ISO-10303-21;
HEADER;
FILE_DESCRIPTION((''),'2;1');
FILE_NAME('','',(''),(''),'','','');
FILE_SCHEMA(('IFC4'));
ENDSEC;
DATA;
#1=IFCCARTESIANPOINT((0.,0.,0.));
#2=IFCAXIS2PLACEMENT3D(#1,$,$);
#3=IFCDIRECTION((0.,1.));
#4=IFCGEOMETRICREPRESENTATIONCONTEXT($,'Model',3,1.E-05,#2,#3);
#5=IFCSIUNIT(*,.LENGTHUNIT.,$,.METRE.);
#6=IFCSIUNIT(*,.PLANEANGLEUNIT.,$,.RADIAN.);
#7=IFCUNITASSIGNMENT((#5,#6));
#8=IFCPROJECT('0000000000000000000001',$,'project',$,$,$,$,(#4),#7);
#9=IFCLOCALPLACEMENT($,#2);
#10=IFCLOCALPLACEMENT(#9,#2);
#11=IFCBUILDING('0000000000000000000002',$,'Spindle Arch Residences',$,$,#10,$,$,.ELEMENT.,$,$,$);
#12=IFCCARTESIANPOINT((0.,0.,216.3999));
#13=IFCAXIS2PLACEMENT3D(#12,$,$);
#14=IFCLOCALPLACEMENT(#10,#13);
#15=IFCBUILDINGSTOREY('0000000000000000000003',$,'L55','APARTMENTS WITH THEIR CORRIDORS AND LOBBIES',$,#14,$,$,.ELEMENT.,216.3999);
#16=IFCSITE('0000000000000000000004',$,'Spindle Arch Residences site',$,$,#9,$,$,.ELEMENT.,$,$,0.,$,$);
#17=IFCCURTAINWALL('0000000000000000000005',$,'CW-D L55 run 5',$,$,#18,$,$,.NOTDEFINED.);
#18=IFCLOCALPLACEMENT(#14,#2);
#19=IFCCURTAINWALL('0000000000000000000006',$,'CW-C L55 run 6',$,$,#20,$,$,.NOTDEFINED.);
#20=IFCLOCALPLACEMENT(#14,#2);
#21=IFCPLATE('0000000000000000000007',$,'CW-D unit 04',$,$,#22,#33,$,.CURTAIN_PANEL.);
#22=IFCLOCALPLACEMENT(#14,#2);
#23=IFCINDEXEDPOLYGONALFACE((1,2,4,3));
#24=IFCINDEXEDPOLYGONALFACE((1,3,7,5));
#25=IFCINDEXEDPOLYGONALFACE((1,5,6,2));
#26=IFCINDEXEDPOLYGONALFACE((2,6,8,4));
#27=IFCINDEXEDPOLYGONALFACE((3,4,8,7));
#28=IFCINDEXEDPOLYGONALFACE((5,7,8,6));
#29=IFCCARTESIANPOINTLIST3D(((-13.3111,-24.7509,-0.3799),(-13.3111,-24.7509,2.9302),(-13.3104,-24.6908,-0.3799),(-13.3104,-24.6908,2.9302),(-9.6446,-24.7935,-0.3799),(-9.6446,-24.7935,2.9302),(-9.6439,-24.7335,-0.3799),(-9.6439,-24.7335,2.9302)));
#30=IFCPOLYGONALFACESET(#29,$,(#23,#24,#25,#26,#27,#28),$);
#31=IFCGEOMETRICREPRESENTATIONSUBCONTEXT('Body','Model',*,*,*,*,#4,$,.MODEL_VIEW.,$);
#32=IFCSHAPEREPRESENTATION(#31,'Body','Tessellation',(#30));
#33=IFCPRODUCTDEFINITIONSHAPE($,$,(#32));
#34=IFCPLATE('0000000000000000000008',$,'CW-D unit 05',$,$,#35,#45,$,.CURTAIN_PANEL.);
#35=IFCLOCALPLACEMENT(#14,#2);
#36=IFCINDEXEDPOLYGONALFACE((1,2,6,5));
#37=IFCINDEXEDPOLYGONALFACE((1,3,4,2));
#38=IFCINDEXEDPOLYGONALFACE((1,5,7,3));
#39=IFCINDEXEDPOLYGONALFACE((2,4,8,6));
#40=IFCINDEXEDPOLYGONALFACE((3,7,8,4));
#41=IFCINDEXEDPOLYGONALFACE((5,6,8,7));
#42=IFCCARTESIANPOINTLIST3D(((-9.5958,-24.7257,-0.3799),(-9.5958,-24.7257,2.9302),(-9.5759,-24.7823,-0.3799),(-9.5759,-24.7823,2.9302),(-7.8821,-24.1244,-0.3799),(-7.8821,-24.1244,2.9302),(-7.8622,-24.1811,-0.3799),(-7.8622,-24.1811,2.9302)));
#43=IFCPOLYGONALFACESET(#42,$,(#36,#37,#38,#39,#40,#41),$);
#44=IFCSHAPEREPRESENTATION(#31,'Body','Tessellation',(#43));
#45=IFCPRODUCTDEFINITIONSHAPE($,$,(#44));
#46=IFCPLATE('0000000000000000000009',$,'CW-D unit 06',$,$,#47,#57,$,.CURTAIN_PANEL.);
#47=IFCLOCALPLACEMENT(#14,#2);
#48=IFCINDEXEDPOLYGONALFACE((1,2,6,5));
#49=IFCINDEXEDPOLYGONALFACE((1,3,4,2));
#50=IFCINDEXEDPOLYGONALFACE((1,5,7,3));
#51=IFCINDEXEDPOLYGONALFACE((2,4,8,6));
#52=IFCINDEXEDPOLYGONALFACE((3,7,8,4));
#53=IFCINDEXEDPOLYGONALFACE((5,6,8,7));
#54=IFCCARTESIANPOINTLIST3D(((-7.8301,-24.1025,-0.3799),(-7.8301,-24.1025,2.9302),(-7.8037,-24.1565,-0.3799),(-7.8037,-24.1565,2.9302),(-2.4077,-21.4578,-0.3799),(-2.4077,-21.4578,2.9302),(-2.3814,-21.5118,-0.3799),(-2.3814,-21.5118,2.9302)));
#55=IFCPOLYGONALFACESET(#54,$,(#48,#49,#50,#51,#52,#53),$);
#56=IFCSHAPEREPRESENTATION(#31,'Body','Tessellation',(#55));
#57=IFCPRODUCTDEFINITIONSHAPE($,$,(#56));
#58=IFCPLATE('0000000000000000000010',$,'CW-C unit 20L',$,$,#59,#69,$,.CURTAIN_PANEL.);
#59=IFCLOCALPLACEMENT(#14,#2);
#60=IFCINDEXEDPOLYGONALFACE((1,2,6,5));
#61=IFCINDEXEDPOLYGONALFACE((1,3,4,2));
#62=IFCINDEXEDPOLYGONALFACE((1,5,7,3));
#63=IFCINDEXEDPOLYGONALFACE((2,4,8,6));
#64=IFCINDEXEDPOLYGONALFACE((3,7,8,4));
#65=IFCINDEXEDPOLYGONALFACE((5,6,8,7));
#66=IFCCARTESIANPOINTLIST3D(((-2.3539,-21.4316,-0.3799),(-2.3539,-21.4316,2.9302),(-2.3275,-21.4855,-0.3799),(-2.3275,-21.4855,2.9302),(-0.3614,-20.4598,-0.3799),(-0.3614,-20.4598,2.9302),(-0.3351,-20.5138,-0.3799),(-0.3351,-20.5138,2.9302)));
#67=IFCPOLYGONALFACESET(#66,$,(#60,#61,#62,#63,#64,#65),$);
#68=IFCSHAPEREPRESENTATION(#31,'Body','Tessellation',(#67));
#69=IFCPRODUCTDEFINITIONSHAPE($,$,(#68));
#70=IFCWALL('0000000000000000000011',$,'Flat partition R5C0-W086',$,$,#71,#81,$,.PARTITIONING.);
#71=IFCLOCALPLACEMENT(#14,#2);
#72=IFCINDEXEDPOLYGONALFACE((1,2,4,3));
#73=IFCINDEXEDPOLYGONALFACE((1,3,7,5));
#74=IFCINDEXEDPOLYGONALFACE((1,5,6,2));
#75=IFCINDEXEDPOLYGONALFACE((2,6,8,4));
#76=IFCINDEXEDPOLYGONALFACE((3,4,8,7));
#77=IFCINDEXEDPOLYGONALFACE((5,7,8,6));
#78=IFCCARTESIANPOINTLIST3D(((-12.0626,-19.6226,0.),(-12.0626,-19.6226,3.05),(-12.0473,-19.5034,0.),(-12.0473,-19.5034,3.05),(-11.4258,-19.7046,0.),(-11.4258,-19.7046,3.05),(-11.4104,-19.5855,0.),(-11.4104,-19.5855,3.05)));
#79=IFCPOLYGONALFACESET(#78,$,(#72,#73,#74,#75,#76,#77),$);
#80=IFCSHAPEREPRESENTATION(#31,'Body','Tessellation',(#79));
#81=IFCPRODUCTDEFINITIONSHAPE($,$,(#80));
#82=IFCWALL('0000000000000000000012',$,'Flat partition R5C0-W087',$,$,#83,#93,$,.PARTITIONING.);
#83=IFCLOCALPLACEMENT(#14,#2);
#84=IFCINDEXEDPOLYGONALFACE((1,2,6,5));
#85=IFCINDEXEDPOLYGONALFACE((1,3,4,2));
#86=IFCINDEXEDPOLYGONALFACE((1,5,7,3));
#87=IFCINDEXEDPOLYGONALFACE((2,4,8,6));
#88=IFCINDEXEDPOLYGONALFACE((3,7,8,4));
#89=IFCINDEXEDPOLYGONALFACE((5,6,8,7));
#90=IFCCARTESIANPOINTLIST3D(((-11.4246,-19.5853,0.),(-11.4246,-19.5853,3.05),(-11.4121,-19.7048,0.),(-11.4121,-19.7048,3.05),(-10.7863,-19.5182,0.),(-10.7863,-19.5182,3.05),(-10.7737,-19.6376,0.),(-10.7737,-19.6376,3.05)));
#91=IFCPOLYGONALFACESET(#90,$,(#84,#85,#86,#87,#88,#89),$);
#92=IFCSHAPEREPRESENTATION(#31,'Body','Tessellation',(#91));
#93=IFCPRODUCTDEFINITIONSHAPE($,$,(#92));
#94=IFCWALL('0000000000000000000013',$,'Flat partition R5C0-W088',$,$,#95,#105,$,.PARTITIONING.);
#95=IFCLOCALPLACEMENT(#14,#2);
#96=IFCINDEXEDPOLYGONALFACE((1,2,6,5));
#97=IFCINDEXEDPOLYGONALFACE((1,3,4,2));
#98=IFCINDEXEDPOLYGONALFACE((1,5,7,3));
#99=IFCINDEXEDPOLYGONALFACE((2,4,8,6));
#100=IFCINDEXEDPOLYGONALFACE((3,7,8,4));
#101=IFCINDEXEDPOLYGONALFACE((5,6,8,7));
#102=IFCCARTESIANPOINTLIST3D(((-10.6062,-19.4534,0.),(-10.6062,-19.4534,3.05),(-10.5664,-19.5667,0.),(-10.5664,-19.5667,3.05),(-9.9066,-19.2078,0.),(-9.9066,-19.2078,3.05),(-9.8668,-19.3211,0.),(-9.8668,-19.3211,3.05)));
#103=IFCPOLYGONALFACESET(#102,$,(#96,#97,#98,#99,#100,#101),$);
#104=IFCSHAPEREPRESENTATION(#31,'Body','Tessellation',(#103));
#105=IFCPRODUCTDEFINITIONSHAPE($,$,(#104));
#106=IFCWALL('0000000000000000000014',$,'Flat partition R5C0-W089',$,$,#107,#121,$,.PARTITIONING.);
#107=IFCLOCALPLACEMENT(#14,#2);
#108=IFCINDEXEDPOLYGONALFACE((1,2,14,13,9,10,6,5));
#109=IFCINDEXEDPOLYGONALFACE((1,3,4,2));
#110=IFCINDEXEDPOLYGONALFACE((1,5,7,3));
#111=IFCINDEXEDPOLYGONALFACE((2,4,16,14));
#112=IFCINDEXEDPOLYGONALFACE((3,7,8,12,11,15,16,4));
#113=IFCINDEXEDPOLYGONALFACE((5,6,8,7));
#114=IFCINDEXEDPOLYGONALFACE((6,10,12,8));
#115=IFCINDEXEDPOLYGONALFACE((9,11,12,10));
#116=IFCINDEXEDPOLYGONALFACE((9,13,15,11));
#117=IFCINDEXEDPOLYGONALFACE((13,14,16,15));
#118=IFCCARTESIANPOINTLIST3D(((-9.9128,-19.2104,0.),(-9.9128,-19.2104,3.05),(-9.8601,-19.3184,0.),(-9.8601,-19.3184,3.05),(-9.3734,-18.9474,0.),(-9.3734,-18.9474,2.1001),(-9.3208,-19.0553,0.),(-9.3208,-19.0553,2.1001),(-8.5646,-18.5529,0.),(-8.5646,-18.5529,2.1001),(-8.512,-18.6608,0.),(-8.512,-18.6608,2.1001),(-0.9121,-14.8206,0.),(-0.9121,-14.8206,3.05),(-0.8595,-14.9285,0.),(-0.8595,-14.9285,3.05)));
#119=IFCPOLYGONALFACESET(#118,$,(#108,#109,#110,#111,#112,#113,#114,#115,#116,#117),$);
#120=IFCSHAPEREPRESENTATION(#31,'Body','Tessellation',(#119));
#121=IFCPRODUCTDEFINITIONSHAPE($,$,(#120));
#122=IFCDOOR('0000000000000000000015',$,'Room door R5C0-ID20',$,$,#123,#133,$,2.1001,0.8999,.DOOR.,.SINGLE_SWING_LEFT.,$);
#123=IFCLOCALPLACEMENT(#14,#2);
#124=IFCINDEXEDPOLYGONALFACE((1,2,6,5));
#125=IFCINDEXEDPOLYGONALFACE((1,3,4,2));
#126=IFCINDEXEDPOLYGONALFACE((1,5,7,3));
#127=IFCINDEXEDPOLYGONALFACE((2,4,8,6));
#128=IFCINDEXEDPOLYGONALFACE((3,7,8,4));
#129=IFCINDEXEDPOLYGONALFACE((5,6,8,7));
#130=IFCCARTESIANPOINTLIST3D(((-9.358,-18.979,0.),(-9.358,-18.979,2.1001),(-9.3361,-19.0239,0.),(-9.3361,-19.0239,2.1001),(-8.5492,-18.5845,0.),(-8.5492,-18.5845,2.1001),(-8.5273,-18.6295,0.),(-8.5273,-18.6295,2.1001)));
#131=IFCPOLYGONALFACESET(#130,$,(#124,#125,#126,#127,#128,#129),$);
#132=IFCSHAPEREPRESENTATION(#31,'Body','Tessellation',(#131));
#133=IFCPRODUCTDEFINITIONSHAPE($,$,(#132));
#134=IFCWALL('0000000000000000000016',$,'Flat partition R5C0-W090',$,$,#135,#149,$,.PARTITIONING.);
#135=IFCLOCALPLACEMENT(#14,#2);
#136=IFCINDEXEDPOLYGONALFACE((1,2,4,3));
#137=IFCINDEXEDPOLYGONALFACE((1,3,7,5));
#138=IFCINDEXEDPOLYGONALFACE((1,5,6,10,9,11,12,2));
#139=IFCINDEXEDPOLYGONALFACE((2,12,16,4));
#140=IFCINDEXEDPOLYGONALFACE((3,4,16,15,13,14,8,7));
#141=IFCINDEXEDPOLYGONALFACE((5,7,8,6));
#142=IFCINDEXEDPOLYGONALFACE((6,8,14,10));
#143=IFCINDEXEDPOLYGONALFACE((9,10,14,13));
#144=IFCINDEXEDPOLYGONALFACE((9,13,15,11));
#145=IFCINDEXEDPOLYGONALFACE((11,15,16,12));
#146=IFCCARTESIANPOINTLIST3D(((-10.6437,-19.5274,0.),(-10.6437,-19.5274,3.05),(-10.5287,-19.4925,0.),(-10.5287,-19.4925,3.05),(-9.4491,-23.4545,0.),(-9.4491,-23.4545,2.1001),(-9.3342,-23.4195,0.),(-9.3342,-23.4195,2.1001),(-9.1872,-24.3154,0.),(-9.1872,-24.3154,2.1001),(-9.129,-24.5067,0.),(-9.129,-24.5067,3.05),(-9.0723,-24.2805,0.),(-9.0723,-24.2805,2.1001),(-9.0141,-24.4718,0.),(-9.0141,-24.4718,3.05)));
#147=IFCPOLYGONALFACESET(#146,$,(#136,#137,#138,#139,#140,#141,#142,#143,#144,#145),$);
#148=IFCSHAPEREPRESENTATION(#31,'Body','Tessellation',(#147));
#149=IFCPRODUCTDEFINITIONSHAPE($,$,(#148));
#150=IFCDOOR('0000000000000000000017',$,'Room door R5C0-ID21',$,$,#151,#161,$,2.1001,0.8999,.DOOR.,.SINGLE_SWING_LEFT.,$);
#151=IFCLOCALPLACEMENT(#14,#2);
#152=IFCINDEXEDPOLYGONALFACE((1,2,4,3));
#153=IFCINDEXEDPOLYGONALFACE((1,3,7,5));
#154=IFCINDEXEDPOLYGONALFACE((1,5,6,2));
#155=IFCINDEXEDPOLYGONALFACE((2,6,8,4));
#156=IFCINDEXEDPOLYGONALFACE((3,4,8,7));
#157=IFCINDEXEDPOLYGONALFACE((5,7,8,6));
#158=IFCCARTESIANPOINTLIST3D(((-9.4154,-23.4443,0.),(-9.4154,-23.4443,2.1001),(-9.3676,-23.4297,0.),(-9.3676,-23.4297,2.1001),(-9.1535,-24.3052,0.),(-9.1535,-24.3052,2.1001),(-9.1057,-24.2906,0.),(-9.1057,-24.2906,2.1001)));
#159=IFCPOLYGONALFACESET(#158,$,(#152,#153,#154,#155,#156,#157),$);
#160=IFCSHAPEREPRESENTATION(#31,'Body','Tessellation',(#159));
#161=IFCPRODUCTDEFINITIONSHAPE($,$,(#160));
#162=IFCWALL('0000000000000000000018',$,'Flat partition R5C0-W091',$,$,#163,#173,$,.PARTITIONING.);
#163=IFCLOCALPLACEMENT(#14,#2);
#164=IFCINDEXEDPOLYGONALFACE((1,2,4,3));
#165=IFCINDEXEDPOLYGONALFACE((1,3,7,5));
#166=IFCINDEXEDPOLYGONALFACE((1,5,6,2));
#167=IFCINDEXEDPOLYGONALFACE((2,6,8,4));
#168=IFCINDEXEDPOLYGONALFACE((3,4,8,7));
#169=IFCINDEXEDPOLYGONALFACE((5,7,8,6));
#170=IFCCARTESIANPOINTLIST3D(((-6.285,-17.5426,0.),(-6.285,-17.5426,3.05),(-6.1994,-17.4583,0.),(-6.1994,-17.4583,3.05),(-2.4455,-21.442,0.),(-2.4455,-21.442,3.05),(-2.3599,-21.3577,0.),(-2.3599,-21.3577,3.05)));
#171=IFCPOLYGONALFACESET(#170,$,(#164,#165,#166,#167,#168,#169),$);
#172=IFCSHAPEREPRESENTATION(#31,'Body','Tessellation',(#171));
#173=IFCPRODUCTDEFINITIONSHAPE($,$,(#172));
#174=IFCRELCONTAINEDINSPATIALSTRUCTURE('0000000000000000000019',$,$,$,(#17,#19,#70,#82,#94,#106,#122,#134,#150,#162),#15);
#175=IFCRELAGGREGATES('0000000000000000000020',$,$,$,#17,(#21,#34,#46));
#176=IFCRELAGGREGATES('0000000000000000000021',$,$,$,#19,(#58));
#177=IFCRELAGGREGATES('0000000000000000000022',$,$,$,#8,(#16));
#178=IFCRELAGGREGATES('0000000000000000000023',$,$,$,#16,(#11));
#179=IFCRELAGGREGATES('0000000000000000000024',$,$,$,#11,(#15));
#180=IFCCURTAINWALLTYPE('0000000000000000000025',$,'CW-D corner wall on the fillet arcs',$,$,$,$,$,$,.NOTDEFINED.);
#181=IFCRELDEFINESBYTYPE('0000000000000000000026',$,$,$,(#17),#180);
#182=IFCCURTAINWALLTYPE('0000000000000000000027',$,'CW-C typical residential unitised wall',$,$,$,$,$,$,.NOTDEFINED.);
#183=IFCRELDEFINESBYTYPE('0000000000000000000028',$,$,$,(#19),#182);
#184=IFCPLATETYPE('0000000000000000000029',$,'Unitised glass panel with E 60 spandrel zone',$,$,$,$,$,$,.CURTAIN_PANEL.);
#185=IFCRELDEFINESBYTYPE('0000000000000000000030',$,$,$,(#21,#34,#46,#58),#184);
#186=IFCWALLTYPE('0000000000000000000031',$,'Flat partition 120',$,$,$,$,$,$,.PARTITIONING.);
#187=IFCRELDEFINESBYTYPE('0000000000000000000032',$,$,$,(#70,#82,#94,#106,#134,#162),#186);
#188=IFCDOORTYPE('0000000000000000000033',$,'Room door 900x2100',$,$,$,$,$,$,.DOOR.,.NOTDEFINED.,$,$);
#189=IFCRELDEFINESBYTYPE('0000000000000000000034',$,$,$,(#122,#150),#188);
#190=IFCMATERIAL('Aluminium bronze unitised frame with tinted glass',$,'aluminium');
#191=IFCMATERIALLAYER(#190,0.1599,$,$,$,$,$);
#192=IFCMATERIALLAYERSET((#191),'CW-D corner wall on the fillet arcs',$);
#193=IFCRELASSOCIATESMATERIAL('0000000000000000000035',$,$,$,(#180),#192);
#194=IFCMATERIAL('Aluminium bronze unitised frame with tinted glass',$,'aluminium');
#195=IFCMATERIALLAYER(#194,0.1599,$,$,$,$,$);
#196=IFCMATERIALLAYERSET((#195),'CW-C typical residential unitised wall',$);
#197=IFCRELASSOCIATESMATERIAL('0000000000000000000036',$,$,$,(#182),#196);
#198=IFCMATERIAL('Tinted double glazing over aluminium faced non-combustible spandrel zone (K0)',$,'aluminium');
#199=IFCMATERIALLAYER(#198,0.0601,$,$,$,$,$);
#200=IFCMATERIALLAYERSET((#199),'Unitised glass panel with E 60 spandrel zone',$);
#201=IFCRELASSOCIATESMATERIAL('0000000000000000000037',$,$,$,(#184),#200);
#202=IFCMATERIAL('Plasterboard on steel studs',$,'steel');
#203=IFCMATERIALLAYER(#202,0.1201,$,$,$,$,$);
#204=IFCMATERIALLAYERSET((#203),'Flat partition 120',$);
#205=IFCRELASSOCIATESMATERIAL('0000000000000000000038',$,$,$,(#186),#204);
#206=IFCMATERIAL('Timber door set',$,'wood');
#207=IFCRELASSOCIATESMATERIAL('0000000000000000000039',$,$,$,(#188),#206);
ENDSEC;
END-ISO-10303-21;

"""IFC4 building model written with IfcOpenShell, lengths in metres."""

from ifc_helpers import new_model, si_unit, direction, frame, frame_2d, origin, origin_2d, place, context, subcontext, project, spatial, rectangle, extrude, material, layer, layer_set, type_object, element, fill, aggregate, save


model = new_model("IFC4")

# Units and contexts
model_context = context("Model", 3, precision=1e-05, world=origin(), true_north=direction((0.0, 1.0)))
body_context = subcontext(model_context, "Body", "Model", "MODEL_VIEW")
ifc_project = project(units=[si_unit("LENGTHUNIT", "METRE"), si_unit("PLANEANGLEUNIT", "RADIAN")], contexts=[model_context])

# Site, building, storey
site_placement = place(None, origin())
site = spatial("IfcSite", under=ifc_project, at=site_placement, Name="Spindle Arch Residences site", CompositionType="ELEMENT", RefElevation=0.0)
building_placement = place(site_placement, origin())
building = spatial("IfcBuilding", under=site, at=building_placement, Name="Spindle Arch Residences", CompositionType="ELEMENT")
storey_placement = place(building_placement, frame((0.0, 0.0, 216.3999)))
storey = spatial("IfcBuildingStorey", under=building, at=storey_placement, Name="L55", Description="APARTMENTS WITH THEIR CORRIDORS AND LOBBIES", CompositionType="ELEMENT", Elevation=216.3999)

# Curtain wall
ifc_material_1 = material(Name="Aluminium bronze unitised frame with tinted glass", Category="aluminium")
ifc_layer_1 = layer(ifc_material_1, 0.1599)
ifc_layer_set_1 = layer_set([ifc_layer_1], Name="CW-D corner wall on the fillet arcs")
curtain_wall_type_1 = type_object("IfcCurtainWallType", Name="CW-D corner wall on the fillet arcs", PredefinedType="NOTDEFINED", material=ifc_layer_set_1)
curtain_wall_1_placement = place(storey_placement, origin())
curtain_wall_1 = element("IfcCurtainWall", 1, at=curtain_wall_1_placement, inside=storey, type_object=curtain_wall_type_1, Name="CW-D L55 run 5", PredefinedType="NOTDEFINED")

# Curtain wall
ifc_material_2 = material(Name="Aluminium bronze unitised frame with tinted glass", Category="aluminium")
ifc_layer_2 = layer(ifc_material_2, 0.1599)
ifc_layer_set_2 = layer_set([ifc_layer_2], Name="CW-C typical residential unitised wall")
curtain_wall_type_2 = type_object("IfcCurtainWallType", Name="CW-C typical residential unitised wall", PredefinedType="NOTDEFINED", material=ifc_layer_set_2)
curtain_wall_2_placement = place(storey_placement, origin())
curtain_wall_2 = element("IfcCurtainWall", 2, at=curtain_wall_2_placement, inside=storey, type_object=curtain_wall_type_2, Name="CW-C L55 run 6", PredefinedType="NOTDEFINED")

# Plates
ifc_material_3 = material(Name="Tinted double glazing over aluminium faced non-combustible spandrel zone (K0)", Category="aluminium")
ifc_layer_3 = layer(ifc_material_3, 0.0601)
ifc_layer_set_3 = layer_set([ifc_layer_3], Name="Unitised glass panel with E 60 spandrel zone")
plate_type = type_object("IfcPlateType", Name="Unitised glass panel with E 60 spandrel zone", PredefinedType="CURTAIN_PANEL", material=ifc_layer_set_3)
plate_1_placement = place(storey_placement, frame((-11.4775, -24.7422, -0.3799), z_axis=(0.0, 0.0, 1.0), x_axis=(0.999932, -0.011635, 0.0)))
plate_1 = element("IfcPlate", 3, at=plate_1_placement, type_object=plate_type, Name="CW-D unit 04", PredefinedType="CURTAIN_PANEL", context=body_context, shape_type="SweptSolid", body=[
    extrude(rectangle(XDim=3.6667, YDim=0.0601, at=origin_2d()), origin(), (0.0, 0.0, 1.0), 3.3101),
])
plate_2_placement = place(storey_placement, frame((-8.729, -24.4534, -0.3799), z_axis=(0.0, 0.0, 1.0), x_axis=(0.943609, 0.331063, 0.0)))
plate_2 = element("IfcPlate", 4, at=plate_2_placement, type_object=plate_type, Name="CW-D unit 05", PredefinedType="CURTAIN_PANEL", context=body_context, shape_type="SweptSolid", body=[
    extrude(rectangle(XDim=1.8162, YDim=0.0601, at=origin_2d()), origin(), (0.0, 0.0, 1.0), 3.3101),
])
plate_3_placement = place(storey_placement, frame((-5.1057, -22.8071, -0.3799), z_axis=(0.0, 0.0, 1.0), x_axis=(0.898794, 0.438371, 0.0)))
plate_3 = element("IfcPlate", 5, at=plate_3_placement, type_object=plate_type, Name="CW-D unit 06", PredefinedType="CURTAIN_PANEL", context=body_context, shape_type="SweptSolid", body=[
    extrude(rectangle(XDim=6.033, YDim=0.0601, at=origin_2d()), origin(), (0.0, 0.0, 1.0), 3.3101),
])
aggregate(curtain_wall_1, [plate_1, plate_2, plate_3])
plate_4_placement = place(storey_placement, frame((-1.3445, -20.9727, -0.3799), z_axis=(0.0, 0.0, 1.0), x_axis=(0.898794, 0.438371, 0.0)))
plate_4 = element("IfcPlate", 6, at=plate_4_placement, type_object=plate_type, Name="CW-C unit 20L", PredefinedType="CURTAIN_PANEL", context=body_context, shape_type="SweptSolid", body=[
    extrude(rectangle(XDim=2.2168, YDim=0.0601, at=origin_2d()), origin(), (0.0, 0.0, 1.0), 3.3101),
])
aggregate(curtain_wall_2, [plate_4])

# Walls
ifc_material_4 = material(Name="Plasterboard on steel studs", Category="steel")
ifc_layer_4 = layer(ifc_material_4, 0.1201)
ifc_layer_set_4 = layer_set([ifc_layer_4], Name="Flat partition 120")
wall_type = type_object("IfcWallType", Name="Flat partition 120", PredefinedType="PARTITIONING", material=ifc_layer_set_4)
wall_1_placement = place(storey_placement, frame((-12.0549, -19.563, 0.0), z_axis=(0.0, 0.0, 1.0), x_axis=(0.991803, -0.127778, 0.0)))
element("IfcWall", 7, at=wall_1_placement, inside=storey, type_object=wall_type, Name="Flat partition R5C0-W086", PredefinedType="PARTITIONING", context=body_context, shape_type="SweptSolid", body=[
    extrude(rectangle(XDim=0.6421, YDim=0.1201, at=frame_2d((0.321, 0.0))), origin(), (0.0, 0.0, 1.0), 3.05),
])
wall_2_placement = place(storey_placement, frame((-11.4182, -19.645, 0.0), z_axis=(0.0, 0.0, 1.0), x_axis=(0.994516, 0.104586, 0.0)))
element("IfcWall", 8, at=wall_2_placement, inside=storey, type_object=wall_type, Name="Flat partition R5C0-W087", PredefinedType="PARTITIONING", context=body_context, shape_type="SweptSolid", body=[
    extrude(rectangle(XDim=0.6418, YDim=0.1201, at=frame_2d((0.3208, 0.0))), origin(), (0.0, 0.0, 1.0), 3.05),
])
wall_3_placement = place(storey_placement, frame((-10.5862, -19.51, 0.0), z_axis=(0.0, 0.0, 1.0), x_axis=(0.94356, 0.331201, 0.0)))
element("IfcWall", 9, at=wall_3_placement, inside=storey, type_object=wall_type, Name="Flat partition R5C0-W088", PredefinedType="PARTITIONING", context=body_context, shape_type="SweptSolid", body=[
    extrude(rectangle(XDim=0.7415, YDim=0.1201, at=frame_2d((0.3706, 0.0))), origin(), (0.0, 0.0, 1.0), 3.05),
])

# Walls, openings, doors
wall_4_placement = place(storey_placement, frame((-9.8865, -19.2644, 0.0), z_axis=(0.0, 0.0, 1.0), x_axis=(0.898796, 0.438366, 0.0)))
wall_4 = element("IfcWall", 10, at=wall_4_placement, inside=storey, type_object=wall_type, Name="Flat partition R5C0-W089", PredefinedType="PARTITIONING", context=body_context, shape_type="SweptSolid", body=[
    extrude(rectangle(XDim=10.0142, YDim=0.1201, at=frame_2d((5.0071, 0.0))), origin(), (0.0, 0.0, 1.0), 3.05),
])
opening_1_placement = place(wall_4_placement, frame((0.6001, 0.0, 0.0)))
opening_1 = element("IfcOpeningElement", 11, at=opening_1_placement, cuts=wall_4, PredefinedType="OPENING", context=body_context, shape_type="SweptSolid", body=[
    extrude(rectangle(XDim=0.8999, YDim=2.1001, at=frame_2d((0.45, 1.05))), frame((0.0, 0.0701, 0.0), z_axis=(0.0, -1.0, 0.0), x_axis=(1.0, 0.0, 0.0)), (0.0, 0.0, 1.0), 0.1401),
])
ifc_material_5 = material(Name="Timber door set", Category="wood")
door_type = type_object("IfcDoorType", Name="Room door 900x2100", OperationType="NOTDEFINED", PredefinedType="DOOR", material=ifc_material_5)
door_1_placement = place(opening_1_placement, origin())
door_1 = element("IfcDoor", 12, at=door_1_placement, inside=storey, type_object=door_type, Name="Room door R5C0-ID20", OperationType="SINGLE_SWING_LEFT", OverallHeight=2.1001, OverallWidth=0.8999, PredefinedType="DOOR", context=body_context, shape_type="SweptSolid", body=[
    extrude(rectangle(XDim=0.8999, YDim=2.1001, at=frame_2d((0.45, 1.05))), frame((0.0, 0.0249, 0.0), z_axis=(0.0, -1.0, 0.0), x_axis=(1.0, 0.0, 0.0)), (0.0, 0.0, 1.0), 0.05),
])
fill(opening_1, door_1)
wall_5_placement = place(storey_placement, frame((-9.0715, -24.4893, 0.0), z_axis=(0.0, 0.0, 1.0), x_axis=(-0.291025, 0.956715, 0.0)))
wall_5 = element("IfcWall", 13, at=wall_5_placement, inside=storey, type_object=wall_type, Name="Flat partition R5C0-W090", PredefinedType="PARTITIONING", context=body_context, shape_type="SweptSolid", body=[
    extrude(rectangle(XDim=5.2046, YDim=0.1201, at=frame_2d((2.6023, 0.0))), origin(), (0.0, 0.0, 1.0), 3.05),
])
opening_2_placement = place(wall_5_placement, frame((0.2, 0.0, 0.0)))
opening_2 = element("IfcOpeningElement", 14, at=opening_2_placement, cuts=wall_5, PredefinedType="OPENING", context=body_context, shape_type="SweptSolid", body=[
    extrude(rectangle(XDim=0.8999, YDim=2.1001, at=frame_2d((0.45, 1.05))), frame((0.0, 0.0701, 0.0), z_axis=(0.0, -1.0, 0.0), x_axis=(1.0, 0.0, 0.0)), (0.0, 0.0, 1.0), 0.1401),
])
door_2_placement = place(opening_2_placement, origin())
door_2 = element("IfcDoor", 15, at=door_2_placement, inside=storey, type_object=door_type, Name="Room door R5C0-ID21", OperationType="SINGLE_SWING_LEFT", OverallHeight=2.1001, OverallWidth=0.8999, PredefinedType="DOOR", context=body_context, shape_type="SweptSolid", body=[
    extrude(rectangle(XDim=0.8999, YDim=2.1001, at=frame_2d((0.45, 1.05))), frame((0.0, 0.0249, 0.0), z_axis=(0.0, -1.0, 0.0), x_axis=(1.0, 0.0, 0.0)), (0.0, 0.0, 1.0), 0.05),
])
fill(opening_2, door_2)

# Wall
wall_6_placement = place(storey_placement, frame((-2.4026, -21.3999, 0.0), z_axis=(0.0, 0.0, 1.0), x_axis=(-0.701621, 0.712551, 0.0)))
element("IfcWall", 16, at=wall_6_placement, inside=storey, type_object=wall_type, Name="Flat partition R5C0-W091", PredefinedType="PARTITIONING", context=body_context, shape_type="SweptSolid", body=[
    extrude(rectangle(XDim=5.4724, YDim=0.1201, at=frame_2d((2.7363, 0.0))), origin(), (0.0, 0.0, 1.0), 3.05),
])

save(model, "model.ifc")
